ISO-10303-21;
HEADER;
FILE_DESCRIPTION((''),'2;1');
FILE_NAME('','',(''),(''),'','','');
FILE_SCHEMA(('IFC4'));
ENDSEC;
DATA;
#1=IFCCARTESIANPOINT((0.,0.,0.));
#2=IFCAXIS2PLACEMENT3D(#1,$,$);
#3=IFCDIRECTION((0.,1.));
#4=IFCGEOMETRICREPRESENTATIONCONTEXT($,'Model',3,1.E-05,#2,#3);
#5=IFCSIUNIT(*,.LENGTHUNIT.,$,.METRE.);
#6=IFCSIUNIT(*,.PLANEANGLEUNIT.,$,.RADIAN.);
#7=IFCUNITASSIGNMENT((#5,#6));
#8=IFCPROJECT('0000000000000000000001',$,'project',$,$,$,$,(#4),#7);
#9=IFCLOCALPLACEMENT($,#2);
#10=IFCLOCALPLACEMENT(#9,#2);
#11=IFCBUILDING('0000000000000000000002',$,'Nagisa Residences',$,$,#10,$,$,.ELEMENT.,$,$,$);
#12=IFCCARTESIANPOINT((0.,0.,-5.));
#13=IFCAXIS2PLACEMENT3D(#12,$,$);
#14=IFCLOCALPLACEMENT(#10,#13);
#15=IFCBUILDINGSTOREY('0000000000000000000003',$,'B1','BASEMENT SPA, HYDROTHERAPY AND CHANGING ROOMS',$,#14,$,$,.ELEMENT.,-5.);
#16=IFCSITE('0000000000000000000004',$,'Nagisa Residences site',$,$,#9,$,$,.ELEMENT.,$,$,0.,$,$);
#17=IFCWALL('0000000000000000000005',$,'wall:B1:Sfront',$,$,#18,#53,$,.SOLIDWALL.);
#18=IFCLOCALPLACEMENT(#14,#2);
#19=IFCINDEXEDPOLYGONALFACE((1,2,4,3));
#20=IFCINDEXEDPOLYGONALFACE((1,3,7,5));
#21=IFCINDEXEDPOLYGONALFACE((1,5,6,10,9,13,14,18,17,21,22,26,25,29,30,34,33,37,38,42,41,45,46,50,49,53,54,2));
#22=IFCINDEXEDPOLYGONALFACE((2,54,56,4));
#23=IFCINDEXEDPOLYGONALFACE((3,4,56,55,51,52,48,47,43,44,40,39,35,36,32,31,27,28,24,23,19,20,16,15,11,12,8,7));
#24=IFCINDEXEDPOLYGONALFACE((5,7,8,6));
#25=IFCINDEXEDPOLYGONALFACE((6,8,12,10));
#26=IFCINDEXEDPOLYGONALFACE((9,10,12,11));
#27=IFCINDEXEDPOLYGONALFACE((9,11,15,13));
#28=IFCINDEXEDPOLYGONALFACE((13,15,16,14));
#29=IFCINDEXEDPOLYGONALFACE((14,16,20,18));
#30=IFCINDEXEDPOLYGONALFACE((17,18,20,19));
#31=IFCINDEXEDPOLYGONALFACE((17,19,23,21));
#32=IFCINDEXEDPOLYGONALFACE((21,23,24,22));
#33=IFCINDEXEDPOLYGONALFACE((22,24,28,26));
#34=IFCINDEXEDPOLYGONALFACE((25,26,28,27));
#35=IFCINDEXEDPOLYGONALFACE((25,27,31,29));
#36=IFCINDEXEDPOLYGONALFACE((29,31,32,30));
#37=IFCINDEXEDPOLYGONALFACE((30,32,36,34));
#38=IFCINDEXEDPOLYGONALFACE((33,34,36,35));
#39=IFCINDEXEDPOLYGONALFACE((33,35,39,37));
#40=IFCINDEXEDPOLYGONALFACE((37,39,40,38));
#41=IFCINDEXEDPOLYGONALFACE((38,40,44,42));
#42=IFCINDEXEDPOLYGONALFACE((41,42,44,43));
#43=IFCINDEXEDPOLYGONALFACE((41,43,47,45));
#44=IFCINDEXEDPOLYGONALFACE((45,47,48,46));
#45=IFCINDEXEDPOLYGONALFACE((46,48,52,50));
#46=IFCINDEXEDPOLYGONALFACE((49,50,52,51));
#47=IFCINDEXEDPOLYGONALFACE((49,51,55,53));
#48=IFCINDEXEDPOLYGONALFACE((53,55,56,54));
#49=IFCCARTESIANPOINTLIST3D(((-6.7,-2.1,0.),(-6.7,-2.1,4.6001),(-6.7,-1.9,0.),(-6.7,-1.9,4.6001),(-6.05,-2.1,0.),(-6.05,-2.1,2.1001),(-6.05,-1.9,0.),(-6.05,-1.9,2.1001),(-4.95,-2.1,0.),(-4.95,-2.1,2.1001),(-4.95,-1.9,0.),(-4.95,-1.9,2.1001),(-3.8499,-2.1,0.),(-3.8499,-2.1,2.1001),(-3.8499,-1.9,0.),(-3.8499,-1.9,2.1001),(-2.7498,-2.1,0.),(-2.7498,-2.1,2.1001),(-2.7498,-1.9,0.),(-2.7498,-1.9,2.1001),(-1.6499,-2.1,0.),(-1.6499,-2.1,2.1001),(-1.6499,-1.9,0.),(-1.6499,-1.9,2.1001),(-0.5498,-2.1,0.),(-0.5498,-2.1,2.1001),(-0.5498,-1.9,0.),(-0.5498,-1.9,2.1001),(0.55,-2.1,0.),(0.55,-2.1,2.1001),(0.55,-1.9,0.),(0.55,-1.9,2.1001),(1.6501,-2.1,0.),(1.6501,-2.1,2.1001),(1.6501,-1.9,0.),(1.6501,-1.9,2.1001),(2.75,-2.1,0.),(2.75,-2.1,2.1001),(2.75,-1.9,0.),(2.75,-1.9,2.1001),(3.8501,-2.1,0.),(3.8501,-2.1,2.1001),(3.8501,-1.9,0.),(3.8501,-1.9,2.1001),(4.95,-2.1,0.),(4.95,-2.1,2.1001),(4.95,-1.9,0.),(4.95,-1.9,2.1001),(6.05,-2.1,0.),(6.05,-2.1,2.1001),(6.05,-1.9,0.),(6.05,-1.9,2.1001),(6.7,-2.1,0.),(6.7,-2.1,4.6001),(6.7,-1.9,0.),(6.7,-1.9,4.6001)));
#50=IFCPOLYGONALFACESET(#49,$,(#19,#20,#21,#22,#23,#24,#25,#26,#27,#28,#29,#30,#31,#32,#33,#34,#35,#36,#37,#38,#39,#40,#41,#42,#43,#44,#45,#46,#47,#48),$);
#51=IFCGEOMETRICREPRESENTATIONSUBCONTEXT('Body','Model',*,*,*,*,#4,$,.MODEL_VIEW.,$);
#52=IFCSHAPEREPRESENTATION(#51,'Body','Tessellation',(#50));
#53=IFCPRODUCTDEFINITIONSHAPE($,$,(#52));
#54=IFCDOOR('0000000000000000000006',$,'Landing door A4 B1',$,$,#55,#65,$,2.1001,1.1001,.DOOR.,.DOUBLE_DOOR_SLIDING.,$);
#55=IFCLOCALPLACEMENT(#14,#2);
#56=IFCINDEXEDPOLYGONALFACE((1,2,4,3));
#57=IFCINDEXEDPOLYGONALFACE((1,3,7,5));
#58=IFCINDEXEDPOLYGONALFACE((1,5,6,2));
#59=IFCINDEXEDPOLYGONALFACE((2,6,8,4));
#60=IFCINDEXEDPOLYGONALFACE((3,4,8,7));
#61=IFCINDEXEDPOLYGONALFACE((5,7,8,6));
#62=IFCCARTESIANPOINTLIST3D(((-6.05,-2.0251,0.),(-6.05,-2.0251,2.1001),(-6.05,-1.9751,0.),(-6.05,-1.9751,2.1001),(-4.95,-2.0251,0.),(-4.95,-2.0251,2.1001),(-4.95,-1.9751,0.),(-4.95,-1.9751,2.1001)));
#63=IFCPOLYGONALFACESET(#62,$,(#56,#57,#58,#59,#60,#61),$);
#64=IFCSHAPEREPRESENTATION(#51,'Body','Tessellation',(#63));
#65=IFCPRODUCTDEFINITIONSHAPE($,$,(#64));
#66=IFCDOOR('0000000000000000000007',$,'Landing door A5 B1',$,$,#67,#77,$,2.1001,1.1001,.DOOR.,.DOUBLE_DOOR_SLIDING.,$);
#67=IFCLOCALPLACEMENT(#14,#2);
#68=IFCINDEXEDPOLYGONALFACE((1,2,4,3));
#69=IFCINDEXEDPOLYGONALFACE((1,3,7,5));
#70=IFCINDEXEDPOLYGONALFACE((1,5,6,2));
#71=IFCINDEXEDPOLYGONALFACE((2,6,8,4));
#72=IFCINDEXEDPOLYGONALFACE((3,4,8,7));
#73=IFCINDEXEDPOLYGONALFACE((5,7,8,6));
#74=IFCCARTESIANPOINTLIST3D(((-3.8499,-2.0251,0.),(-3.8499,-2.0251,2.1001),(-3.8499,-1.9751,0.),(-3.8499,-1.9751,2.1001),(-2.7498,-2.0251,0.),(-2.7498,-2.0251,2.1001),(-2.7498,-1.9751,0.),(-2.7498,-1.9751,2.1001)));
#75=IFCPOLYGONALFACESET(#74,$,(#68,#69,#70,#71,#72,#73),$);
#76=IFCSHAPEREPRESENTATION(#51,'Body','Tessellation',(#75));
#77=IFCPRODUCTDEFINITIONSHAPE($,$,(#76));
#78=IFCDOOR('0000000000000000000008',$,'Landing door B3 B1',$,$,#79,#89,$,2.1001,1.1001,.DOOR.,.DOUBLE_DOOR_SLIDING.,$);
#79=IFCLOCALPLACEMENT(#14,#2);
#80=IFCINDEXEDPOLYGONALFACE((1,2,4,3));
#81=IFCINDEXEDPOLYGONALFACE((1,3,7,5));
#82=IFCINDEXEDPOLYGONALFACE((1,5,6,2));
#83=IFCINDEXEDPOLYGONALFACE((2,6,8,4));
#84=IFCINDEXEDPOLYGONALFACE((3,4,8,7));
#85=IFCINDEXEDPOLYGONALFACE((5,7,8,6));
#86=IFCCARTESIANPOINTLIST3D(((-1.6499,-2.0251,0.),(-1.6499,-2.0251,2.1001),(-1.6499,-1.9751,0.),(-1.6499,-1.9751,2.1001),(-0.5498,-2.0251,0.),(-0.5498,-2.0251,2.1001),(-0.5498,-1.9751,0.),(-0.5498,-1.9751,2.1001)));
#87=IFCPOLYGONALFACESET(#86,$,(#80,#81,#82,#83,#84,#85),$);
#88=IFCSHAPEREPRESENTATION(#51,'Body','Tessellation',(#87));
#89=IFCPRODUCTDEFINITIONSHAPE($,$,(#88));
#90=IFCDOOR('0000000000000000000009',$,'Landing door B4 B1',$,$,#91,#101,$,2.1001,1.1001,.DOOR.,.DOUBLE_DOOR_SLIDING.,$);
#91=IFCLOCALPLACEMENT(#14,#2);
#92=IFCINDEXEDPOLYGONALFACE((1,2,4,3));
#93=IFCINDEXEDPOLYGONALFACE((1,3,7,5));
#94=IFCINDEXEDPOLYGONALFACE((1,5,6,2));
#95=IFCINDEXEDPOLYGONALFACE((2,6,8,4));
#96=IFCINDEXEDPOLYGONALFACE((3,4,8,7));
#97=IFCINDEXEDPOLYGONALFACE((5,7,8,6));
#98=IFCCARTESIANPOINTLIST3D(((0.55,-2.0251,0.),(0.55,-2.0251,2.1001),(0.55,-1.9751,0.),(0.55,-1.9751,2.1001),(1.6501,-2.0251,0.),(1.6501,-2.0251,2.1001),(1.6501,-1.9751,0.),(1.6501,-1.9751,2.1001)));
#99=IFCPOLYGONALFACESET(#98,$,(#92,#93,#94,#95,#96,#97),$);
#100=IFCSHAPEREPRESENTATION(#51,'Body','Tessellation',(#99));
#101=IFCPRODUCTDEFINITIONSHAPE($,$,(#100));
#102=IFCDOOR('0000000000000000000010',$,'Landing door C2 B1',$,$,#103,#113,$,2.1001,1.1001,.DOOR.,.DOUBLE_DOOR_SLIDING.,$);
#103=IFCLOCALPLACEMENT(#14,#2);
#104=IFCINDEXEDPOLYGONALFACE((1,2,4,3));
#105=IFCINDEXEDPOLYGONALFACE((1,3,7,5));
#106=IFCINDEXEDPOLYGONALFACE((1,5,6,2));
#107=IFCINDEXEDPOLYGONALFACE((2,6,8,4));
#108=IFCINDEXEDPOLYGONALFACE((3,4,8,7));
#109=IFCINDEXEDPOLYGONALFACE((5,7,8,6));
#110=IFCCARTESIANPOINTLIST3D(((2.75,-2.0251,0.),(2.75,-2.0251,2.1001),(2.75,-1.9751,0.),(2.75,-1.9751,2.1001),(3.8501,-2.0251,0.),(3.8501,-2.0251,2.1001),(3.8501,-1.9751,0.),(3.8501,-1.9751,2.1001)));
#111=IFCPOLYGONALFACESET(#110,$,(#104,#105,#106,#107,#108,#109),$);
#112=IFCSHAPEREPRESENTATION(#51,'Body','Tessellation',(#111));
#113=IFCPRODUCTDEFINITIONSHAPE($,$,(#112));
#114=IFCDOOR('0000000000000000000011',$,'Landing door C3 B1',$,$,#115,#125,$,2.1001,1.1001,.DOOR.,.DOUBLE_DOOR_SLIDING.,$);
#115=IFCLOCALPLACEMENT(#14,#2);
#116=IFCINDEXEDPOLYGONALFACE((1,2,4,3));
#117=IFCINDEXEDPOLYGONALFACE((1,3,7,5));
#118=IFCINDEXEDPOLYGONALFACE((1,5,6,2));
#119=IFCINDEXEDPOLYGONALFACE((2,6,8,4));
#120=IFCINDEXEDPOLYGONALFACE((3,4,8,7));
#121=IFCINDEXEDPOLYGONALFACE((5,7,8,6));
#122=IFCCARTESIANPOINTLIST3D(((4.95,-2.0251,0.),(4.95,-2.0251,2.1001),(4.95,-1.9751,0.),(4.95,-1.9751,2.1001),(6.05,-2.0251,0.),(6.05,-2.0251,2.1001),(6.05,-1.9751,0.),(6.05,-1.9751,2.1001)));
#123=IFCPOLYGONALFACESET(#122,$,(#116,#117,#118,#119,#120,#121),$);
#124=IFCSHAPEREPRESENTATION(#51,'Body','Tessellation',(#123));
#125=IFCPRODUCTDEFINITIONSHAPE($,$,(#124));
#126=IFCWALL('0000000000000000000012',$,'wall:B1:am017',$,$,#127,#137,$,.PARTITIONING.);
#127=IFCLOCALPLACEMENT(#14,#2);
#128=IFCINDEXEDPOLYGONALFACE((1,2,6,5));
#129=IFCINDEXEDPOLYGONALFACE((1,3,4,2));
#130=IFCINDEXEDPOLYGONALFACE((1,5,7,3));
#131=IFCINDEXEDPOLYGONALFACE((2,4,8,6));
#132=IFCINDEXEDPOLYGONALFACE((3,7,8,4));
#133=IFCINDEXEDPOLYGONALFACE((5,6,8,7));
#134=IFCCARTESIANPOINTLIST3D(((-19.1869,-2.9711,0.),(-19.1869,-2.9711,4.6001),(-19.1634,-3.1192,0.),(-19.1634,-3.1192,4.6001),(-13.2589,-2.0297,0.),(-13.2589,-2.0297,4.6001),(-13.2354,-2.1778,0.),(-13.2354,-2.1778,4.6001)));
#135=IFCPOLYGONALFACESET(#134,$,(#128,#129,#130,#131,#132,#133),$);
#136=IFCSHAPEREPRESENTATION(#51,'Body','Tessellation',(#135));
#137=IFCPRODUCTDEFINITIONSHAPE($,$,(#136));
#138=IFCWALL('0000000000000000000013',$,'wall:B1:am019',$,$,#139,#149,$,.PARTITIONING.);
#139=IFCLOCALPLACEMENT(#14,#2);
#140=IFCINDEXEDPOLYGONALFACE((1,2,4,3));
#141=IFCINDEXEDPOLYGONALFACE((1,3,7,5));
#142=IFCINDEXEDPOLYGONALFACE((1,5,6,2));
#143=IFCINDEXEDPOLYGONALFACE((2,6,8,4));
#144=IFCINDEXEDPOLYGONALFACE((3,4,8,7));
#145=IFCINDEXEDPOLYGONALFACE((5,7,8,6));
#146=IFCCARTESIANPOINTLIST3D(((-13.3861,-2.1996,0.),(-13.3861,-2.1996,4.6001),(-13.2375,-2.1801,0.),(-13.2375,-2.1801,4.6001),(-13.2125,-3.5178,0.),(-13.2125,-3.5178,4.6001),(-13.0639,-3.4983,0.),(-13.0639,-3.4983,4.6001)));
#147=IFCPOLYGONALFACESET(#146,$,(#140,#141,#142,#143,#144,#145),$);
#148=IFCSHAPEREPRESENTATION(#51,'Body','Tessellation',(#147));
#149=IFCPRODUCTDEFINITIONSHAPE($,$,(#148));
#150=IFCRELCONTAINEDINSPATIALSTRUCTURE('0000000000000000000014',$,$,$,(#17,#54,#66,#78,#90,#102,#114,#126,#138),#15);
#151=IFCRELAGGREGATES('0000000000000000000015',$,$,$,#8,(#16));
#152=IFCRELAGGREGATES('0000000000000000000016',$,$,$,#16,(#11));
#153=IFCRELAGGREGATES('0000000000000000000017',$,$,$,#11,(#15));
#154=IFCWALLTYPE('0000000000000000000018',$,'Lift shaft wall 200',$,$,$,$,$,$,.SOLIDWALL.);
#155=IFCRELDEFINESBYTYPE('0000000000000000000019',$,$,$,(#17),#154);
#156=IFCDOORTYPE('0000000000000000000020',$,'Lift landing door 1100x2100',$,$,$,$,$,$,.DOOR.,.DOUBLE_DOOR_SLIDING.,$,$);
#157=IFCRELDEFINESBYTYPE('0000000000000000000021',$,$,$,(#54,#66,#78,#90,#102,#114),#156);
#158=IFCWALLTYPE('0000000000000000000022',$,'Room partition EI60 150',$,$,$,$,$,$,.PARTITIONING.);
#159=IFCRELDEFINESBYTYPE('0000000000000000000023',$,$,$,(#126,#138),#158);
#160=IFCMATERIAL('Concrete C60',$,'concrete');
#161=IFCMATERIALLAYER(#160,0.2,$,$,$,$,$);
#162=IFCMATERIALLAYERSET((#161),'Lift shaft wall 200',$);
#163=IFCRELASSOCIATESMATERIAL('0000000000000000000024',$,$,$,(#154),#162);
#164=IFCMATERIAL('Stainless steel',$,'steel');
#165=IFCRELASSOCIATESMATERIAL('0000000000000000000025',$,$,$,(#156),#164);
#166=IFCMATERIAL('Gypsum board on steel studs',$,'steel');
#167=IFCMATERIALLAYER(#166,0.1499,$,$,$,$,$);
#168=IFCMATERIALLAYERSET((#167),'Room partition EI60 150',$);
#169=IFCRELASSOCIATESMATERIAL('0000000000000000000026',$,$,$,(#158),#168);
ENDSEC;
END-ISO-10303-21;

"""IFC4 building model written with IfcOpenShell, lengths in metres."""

from ifc_helpers import new_model, si_unit, direction, frame, frame_2d, origin, place, context, subcontext, project, spatial, rectangle, extrude, material, layer, layer_set, type_object, element, fill, save


model = new_model("IFC4")

# Units and contexts
model_context = context("Model", 3, precision=1e-05, world=origin(), true_north=direction((0.0, 1.0)))
body_context = subcontext(model_context, "Body", "Model", "MODEL_VIEW")
ifc_project = project(units=[si_unit("LENGTHUNIT", "METRE"), si_unit("PLANEANGLEUNIT", "RADIAN")], contexts=[model_context])

# Site, building, storey
site_placement = place(None, origin())
site = spatial("IfcSite", under=ifc_project, at=site_placement, Name="Nagisa Residences site", CompositionType="ELEMENT", RefElevation=0.0)
building_placement = place(site_placement, origin())
building = spatial("IfcBuilding", under=site, at=building_placement, Name="Nagisa Residences", CompositionType="ELEMENT")
storey_placement = place(building_placement, frame((0.0, 0.0, -5.0)))
storey = spatial("IfcBuildingStorey", under=building, at=storey_placement, Name="B1", Description="BASEMENT SPA, HYDROTHERAPY AND CHANGING ROOMS", CompositionType="ELEMENT", Elevation=-5.0)

# Wall, openings, doors
ifc_material_1 = material(Name="Concrete C60", Category="concrete")
ifc_layer_1 = layer(ifc_material_1, 0.2)
ifc_layer_set_1 = layer_set([ifc_layer_1], Name="Lift shaft wall 200")
wall_type_1 = type_object("IfcWallType", Name="Lift shaft wall 200", PredefinedType="SOLIDWALL", material=ifc_layer_set_1)
wall_1_placement = place(storey_placement, frame((-6.7, -2.0, 0.0), z_axis=(0.0, 0.0, 1.0), x_axis=(1.0, 0.0, 0.0)))
wall_1 = element("IfcWall", 1, at=wall_1_placement, inside=storey, type_object=wall_type_1, Name="wall:B1:Sfront", PredefinedType="SOLIDWALL", context=body_context, shape_type="SweptSolid", body=[
    extrude(rectangle(XDim=13.3999, YDim=0.2, at=frame_2d((6.7, 0.0))), origin(), (0.0, 0.0, 1.0), 4.6001),
])
opening_1_placement = place(wall_1_placement, frame((0.6499, 0.0, 0.0)))
opening_1 = element("IfcOpeningElement", 2, at=opening_1_placement, cuts=wall_1, PredefinedType="OPENING", context=body_context, shape_type="SweptSolid", body=[
    extrude(rectangle(XDim=1.1001, YDim=2.1001, at=frame_2d((0.55, 1.05))), frame((0.0, 0.1099, 0.0), z_axis=(0.0, -1.0, 0.0), x_axis=(1.0, 0.0, 0.0)), (0.0, 0.0, 1.0), 0.22),
])
opening_2_placement = place(wall_1_placement, frame((2.8501, 0.0, 0.0)))
opening_2 = element("IfcOpeningElement", 3, at=opening_2_placement, cuts=wall_1, PredefinedType="OPENING", context=body_context, shape_type="SweptSolid", body=[
    extrude(rectangle(XDim=1.1001, YDim=2.1001, at=frame_2d((0.55, 1.05))), frame((0.0, 0.1099, 0.0), z_axis=(0.0, -1.0, 0.0), x_axis=(1.0, 0.0, 0.0)), (0.0, 0.0, 1.0), 0.22),
])
opening_3_placement = place(wall_1_placement, frame((5.05, 0.0, 0.0)))
opening_3 = element("IfcOpeningElement", 4, at=opening_3_placement, cuts=wall_1, PredefinedType="OPENING", context=body_context, shape_type="SweptSolid", body=[
    extrude(rectangle(XDim=1.1001, YDim=2.1001, at=frame_2d((0.55, 1.05))), frame((0.0, 0.1099, 0.0), z_axis=(0.0, -1.0, 0.0), x_axis=(1.0, 0.0, 0.0)), (0.0, 0.0, 1.0), 0.22),
])
opening_4_placement = place(wall_1_placement, frame((7.25, 0.0, 0.0)))
opening_4 = element("IfcOpeningElement", 5, at=opening_4_placement, cuts=wall_1, PredefinedType="OPENING", context=body_context, shape_type="SweptSolid", body=[
    extrude(rectangle(XDim=1.1001, YDim=2.1001, at=frame_2d((0.55, 1.05))), frame((0.0, 0.1099, 0.0), z_axis=(0.0, -1.0, 0.0), x_axis=(1.0, 0.0, 0.0)), (0.0, 0.0, 1.0), 0.22),
])
opening_5_placement = place(wall_1_placement, frame((9.45, 0.0, 0.0)))
opening_5 = element("IfcOpeningElement", 6, at=opening_5_placement, cuts=wall_1, PredefinedType="OPENING", context=body_context, shape_type="SweptSolid", body=[
    extrude(rectangle(XDim=1.1001, YDim=2.1001, at=frame_2d((0.55, 1.05))), frame((0.0, 0.1099, 0.0), z_axis=(0.0, -1.0, 0.0), x_axis=(1.0, 0.0, 0.0)), (0.0, 0.0, 1.0), 0.22),
])
opening_6_placement = place(wall_1_placement, frame((11.6499, 0.0, 0.0)))
opening_6 = element("IfcOpeningElement", 7, at=opening_6_placement, cuts=wall_1, PredefinedType="OPENING", context=body_context, shape_type="SweptSolid", body=[
    extrude(rectangle(XDim=1.1001, YDim=2.1001, at=frame_2d((0.55, 1.05))), frame((0.0, 0.1099, 0.0), z_axis=(0.0, -1.0, 0.0), x_axis=(1.0, 0.0, 0.0)), (0.0, 0.0, 1.0), 0.22),
])
ifc_material_2 = material(Name="Stainless steel", Category="steel")
door_type_1 = type_object("IfcDoorType", Name="Lift landing door 1100x2100", OperationType="DOUBLE_DOOR_SLIDING", PredefinedType="DOOR", material=ifc_material_2)
door_1_placement = place(opening_1_placement, origin())
door_1 = element("IfcDoor", 8, at=door_1_placement, inside=storey, type_object=door_type_1, Name="Landing door A4 B1", OperationType="DOUBLE_DOOR_SLIDING", OverallHeight=2.1001, OverallWidth=1.1001, PredefinedType="DOOR", context=body_context, shape_type="SweptSolid", body=[
    extrude(rectangle(XDim=1.1001, YDim=2.1001, at=frame_2d((0.55, 1.05))), frame((0.0, 0.0249, 0.0), z_axis=(0.0, -1.0, 0.0), x_axis=(1.0, 0.0, 0.0)), (0.0, 0.0, 1.0), 0.05),
])
fill(opening_1, door_1)
door_2_placement = place(opening_2_placement, origin())
door_2 = element("IfcDoor", 9, at=door_2_placement, inside=storey, type_object=door_type_1, Name="Landing door A5 B1", OperationType="DOUBLE_DOOR_SLIDING", OverallHeight=2.1001, OverallWidth=1.1001, PredefinedType="DOOR", context=body_context, shape_type="SweptSolid", body=[
    extrude(rectangle(XDim=1.1001, YDim=2.1001, at=frame_2d((0.55, 1.05))), frame((0.0, 0.0249, 0.0), z_axis=(0.0, -1.0, 0.0), x_axis=(1.0, 0.0, 0.0)), (0.0, 0.0, 1.0), 0.05),
])
fill(opening_2, door_2)
door_3_placement = place(opening_3_placement, origin())
door_3 = element("IfcDoor", 10, at=door_3_placement, inside=storey, type_object=door_type_1, Name="Landing door B3 B1", OperationType="DOUBLE_DOOR_SLIDING", OverallHeight=2.1001, OverallWidth=1.1001, PredefinedType="DOOR", context=body_context, shape_type="SweptSolid", body=[
    extrude(rectangle(XDim=1.1001, YDim=2.1001, at=frame_2d((0.55, 1.05))), frame((0.0, 0.0249, 0.0), z_axis=(0.0, -1.0, 0.0), x_axis=(1.0, 0.0, 0.0)), (0.0, 0.0, 1.0), 0.05),
])
fill(opening_3, door_3)
door_4_placement = place(opening_4_placement, origin())
door_4 = element("IfcDoor", 11, at=door_4_placement, inside=storey, type_object=door_type_1, Name="Landing door B4 B1", OperationType="DOUBLE_DOOR_SLIDING", OverallHeight=2.1001, OverallWidth=1.1001, PredefinedType="DOOR", context=body_context, shape_type="SweptSolid", body=[
    extrude(rectangle(XDim=1.1001, YDim=2.1001, at=frame_2d((0.55, 1.05))), frame((0.0, 0.0249, 0.0), z_axis=(0.0, -1.0, 0.0), x_axis=(1.0, 0.0, 0.0)), (0.0, 0.0, 1.0), 0.05),
])
fill(opening_4, door_4)
door_5_placement = place(opening_5_placement, origin())
door_5 = element("IfcDoor", 12, at=door_5_placement, inside=storey, type_object=door_type_1, Name="Landing door C2 B1", OperationType="DOUBLE_DOOR_SLIDING", OverallHeight=2.1001, OverallWidth=1.1001, PredefinedType="DOOR", context=body_context, shape_type="SweptSolid", body=[
    extrude(rectangle(XDim=1.1001, YDim=2.1001, at=frame_2d((0.55, 1.05))), frame((0.0, 0.0249, 0.0), z_axis=(0.0, -1.0, 0.0), x_axis=(1.0, 0.0, 0.0)), (0.0, 0.0, 1.0), 0.05),
])
fill(opening_5, door_5)
door_6_placement = place(opening_6_placement, origin())
door_6 = element("IfcDoor", 13, at=door_6_placement, inside=storey, type_object=door_type_1, Name="Landing door C3 B1", OperationType="DOUBLE_DOOR_SLIDING", OverallHeight=2.1001, OverallWidth=1.1001, PredefinedType="DOOR", context=body_context, shape_type="SweptSolid", body=[
    extrude(rectangle(XDim=1.1001, YDim=2.1001, at=frame_2d((0.55, 1.05))), frame((0.0, 0.0249, 0.0), z_axis=(0.0, -1.0, 0.0), x_axis=(1.0, 0.0, 0.0)), (0.0, 0.0, 1.0), 0.05),
])
fill(opening_6, door_6)

# Walls
ifc_material_3 = material(Name="Gypsum board on steel studs", Category="steel")
ifc_layer_2 = layer(ifc_material_3, 0.1499)
ifc_layer_set_2 = layer_set([ifc_layer_2], Name="Room partition EI60 150")
wall_type_2 = type_object("IfcWallType", Name="Room partition EI60 150", PredefinedType="PARTITIONING", material=ifc_layer_set_2)
wall_2_placement = place(storey_placement, frame((-13.2473, -2.1038, 0.0), z_axis=(0.0, 0.0, 1.0), x_axis=(-0.987624, -0.156842, 0.0)))
element("IfcWall", 14, at=wall_2_placement, inside=storey, type_object=wall_type_2, Name="wall:B1:am017", PredefinedType="PARTITIONING", context=body_context, shape_type="SweptSolid", body=[
    extrude(rectangle(XDim=6.0022, YDim=0.1499, at=frame_2d((3.001, 0.0))), origin(), (0.0, 0.0, 1.0), 4.6001),
])
wall_3_placement = place(storey_placement, frame((-13.1382, -3.5081, 0.0), z_axis=(0.0, 0.0, 1.0), x_axis=(-0.130564, 0.99144, 0.0)))
element("IfcWall", 15, at=wall_3_placement, inside=storey, type_object=wall_type_2, Name="wall:B1:am019", PredefinedType="PARTITIONING", context=body_context, shape_type="SweptSolid", body=[
    extrude(rectangle(XDim=1.3296, YDim=0.1499, at=frame_2d((0.6648, 0.0))), origin(), (0.0, 0.0, 1.0), 4.6001),
])

save(model, "model.ifc")
